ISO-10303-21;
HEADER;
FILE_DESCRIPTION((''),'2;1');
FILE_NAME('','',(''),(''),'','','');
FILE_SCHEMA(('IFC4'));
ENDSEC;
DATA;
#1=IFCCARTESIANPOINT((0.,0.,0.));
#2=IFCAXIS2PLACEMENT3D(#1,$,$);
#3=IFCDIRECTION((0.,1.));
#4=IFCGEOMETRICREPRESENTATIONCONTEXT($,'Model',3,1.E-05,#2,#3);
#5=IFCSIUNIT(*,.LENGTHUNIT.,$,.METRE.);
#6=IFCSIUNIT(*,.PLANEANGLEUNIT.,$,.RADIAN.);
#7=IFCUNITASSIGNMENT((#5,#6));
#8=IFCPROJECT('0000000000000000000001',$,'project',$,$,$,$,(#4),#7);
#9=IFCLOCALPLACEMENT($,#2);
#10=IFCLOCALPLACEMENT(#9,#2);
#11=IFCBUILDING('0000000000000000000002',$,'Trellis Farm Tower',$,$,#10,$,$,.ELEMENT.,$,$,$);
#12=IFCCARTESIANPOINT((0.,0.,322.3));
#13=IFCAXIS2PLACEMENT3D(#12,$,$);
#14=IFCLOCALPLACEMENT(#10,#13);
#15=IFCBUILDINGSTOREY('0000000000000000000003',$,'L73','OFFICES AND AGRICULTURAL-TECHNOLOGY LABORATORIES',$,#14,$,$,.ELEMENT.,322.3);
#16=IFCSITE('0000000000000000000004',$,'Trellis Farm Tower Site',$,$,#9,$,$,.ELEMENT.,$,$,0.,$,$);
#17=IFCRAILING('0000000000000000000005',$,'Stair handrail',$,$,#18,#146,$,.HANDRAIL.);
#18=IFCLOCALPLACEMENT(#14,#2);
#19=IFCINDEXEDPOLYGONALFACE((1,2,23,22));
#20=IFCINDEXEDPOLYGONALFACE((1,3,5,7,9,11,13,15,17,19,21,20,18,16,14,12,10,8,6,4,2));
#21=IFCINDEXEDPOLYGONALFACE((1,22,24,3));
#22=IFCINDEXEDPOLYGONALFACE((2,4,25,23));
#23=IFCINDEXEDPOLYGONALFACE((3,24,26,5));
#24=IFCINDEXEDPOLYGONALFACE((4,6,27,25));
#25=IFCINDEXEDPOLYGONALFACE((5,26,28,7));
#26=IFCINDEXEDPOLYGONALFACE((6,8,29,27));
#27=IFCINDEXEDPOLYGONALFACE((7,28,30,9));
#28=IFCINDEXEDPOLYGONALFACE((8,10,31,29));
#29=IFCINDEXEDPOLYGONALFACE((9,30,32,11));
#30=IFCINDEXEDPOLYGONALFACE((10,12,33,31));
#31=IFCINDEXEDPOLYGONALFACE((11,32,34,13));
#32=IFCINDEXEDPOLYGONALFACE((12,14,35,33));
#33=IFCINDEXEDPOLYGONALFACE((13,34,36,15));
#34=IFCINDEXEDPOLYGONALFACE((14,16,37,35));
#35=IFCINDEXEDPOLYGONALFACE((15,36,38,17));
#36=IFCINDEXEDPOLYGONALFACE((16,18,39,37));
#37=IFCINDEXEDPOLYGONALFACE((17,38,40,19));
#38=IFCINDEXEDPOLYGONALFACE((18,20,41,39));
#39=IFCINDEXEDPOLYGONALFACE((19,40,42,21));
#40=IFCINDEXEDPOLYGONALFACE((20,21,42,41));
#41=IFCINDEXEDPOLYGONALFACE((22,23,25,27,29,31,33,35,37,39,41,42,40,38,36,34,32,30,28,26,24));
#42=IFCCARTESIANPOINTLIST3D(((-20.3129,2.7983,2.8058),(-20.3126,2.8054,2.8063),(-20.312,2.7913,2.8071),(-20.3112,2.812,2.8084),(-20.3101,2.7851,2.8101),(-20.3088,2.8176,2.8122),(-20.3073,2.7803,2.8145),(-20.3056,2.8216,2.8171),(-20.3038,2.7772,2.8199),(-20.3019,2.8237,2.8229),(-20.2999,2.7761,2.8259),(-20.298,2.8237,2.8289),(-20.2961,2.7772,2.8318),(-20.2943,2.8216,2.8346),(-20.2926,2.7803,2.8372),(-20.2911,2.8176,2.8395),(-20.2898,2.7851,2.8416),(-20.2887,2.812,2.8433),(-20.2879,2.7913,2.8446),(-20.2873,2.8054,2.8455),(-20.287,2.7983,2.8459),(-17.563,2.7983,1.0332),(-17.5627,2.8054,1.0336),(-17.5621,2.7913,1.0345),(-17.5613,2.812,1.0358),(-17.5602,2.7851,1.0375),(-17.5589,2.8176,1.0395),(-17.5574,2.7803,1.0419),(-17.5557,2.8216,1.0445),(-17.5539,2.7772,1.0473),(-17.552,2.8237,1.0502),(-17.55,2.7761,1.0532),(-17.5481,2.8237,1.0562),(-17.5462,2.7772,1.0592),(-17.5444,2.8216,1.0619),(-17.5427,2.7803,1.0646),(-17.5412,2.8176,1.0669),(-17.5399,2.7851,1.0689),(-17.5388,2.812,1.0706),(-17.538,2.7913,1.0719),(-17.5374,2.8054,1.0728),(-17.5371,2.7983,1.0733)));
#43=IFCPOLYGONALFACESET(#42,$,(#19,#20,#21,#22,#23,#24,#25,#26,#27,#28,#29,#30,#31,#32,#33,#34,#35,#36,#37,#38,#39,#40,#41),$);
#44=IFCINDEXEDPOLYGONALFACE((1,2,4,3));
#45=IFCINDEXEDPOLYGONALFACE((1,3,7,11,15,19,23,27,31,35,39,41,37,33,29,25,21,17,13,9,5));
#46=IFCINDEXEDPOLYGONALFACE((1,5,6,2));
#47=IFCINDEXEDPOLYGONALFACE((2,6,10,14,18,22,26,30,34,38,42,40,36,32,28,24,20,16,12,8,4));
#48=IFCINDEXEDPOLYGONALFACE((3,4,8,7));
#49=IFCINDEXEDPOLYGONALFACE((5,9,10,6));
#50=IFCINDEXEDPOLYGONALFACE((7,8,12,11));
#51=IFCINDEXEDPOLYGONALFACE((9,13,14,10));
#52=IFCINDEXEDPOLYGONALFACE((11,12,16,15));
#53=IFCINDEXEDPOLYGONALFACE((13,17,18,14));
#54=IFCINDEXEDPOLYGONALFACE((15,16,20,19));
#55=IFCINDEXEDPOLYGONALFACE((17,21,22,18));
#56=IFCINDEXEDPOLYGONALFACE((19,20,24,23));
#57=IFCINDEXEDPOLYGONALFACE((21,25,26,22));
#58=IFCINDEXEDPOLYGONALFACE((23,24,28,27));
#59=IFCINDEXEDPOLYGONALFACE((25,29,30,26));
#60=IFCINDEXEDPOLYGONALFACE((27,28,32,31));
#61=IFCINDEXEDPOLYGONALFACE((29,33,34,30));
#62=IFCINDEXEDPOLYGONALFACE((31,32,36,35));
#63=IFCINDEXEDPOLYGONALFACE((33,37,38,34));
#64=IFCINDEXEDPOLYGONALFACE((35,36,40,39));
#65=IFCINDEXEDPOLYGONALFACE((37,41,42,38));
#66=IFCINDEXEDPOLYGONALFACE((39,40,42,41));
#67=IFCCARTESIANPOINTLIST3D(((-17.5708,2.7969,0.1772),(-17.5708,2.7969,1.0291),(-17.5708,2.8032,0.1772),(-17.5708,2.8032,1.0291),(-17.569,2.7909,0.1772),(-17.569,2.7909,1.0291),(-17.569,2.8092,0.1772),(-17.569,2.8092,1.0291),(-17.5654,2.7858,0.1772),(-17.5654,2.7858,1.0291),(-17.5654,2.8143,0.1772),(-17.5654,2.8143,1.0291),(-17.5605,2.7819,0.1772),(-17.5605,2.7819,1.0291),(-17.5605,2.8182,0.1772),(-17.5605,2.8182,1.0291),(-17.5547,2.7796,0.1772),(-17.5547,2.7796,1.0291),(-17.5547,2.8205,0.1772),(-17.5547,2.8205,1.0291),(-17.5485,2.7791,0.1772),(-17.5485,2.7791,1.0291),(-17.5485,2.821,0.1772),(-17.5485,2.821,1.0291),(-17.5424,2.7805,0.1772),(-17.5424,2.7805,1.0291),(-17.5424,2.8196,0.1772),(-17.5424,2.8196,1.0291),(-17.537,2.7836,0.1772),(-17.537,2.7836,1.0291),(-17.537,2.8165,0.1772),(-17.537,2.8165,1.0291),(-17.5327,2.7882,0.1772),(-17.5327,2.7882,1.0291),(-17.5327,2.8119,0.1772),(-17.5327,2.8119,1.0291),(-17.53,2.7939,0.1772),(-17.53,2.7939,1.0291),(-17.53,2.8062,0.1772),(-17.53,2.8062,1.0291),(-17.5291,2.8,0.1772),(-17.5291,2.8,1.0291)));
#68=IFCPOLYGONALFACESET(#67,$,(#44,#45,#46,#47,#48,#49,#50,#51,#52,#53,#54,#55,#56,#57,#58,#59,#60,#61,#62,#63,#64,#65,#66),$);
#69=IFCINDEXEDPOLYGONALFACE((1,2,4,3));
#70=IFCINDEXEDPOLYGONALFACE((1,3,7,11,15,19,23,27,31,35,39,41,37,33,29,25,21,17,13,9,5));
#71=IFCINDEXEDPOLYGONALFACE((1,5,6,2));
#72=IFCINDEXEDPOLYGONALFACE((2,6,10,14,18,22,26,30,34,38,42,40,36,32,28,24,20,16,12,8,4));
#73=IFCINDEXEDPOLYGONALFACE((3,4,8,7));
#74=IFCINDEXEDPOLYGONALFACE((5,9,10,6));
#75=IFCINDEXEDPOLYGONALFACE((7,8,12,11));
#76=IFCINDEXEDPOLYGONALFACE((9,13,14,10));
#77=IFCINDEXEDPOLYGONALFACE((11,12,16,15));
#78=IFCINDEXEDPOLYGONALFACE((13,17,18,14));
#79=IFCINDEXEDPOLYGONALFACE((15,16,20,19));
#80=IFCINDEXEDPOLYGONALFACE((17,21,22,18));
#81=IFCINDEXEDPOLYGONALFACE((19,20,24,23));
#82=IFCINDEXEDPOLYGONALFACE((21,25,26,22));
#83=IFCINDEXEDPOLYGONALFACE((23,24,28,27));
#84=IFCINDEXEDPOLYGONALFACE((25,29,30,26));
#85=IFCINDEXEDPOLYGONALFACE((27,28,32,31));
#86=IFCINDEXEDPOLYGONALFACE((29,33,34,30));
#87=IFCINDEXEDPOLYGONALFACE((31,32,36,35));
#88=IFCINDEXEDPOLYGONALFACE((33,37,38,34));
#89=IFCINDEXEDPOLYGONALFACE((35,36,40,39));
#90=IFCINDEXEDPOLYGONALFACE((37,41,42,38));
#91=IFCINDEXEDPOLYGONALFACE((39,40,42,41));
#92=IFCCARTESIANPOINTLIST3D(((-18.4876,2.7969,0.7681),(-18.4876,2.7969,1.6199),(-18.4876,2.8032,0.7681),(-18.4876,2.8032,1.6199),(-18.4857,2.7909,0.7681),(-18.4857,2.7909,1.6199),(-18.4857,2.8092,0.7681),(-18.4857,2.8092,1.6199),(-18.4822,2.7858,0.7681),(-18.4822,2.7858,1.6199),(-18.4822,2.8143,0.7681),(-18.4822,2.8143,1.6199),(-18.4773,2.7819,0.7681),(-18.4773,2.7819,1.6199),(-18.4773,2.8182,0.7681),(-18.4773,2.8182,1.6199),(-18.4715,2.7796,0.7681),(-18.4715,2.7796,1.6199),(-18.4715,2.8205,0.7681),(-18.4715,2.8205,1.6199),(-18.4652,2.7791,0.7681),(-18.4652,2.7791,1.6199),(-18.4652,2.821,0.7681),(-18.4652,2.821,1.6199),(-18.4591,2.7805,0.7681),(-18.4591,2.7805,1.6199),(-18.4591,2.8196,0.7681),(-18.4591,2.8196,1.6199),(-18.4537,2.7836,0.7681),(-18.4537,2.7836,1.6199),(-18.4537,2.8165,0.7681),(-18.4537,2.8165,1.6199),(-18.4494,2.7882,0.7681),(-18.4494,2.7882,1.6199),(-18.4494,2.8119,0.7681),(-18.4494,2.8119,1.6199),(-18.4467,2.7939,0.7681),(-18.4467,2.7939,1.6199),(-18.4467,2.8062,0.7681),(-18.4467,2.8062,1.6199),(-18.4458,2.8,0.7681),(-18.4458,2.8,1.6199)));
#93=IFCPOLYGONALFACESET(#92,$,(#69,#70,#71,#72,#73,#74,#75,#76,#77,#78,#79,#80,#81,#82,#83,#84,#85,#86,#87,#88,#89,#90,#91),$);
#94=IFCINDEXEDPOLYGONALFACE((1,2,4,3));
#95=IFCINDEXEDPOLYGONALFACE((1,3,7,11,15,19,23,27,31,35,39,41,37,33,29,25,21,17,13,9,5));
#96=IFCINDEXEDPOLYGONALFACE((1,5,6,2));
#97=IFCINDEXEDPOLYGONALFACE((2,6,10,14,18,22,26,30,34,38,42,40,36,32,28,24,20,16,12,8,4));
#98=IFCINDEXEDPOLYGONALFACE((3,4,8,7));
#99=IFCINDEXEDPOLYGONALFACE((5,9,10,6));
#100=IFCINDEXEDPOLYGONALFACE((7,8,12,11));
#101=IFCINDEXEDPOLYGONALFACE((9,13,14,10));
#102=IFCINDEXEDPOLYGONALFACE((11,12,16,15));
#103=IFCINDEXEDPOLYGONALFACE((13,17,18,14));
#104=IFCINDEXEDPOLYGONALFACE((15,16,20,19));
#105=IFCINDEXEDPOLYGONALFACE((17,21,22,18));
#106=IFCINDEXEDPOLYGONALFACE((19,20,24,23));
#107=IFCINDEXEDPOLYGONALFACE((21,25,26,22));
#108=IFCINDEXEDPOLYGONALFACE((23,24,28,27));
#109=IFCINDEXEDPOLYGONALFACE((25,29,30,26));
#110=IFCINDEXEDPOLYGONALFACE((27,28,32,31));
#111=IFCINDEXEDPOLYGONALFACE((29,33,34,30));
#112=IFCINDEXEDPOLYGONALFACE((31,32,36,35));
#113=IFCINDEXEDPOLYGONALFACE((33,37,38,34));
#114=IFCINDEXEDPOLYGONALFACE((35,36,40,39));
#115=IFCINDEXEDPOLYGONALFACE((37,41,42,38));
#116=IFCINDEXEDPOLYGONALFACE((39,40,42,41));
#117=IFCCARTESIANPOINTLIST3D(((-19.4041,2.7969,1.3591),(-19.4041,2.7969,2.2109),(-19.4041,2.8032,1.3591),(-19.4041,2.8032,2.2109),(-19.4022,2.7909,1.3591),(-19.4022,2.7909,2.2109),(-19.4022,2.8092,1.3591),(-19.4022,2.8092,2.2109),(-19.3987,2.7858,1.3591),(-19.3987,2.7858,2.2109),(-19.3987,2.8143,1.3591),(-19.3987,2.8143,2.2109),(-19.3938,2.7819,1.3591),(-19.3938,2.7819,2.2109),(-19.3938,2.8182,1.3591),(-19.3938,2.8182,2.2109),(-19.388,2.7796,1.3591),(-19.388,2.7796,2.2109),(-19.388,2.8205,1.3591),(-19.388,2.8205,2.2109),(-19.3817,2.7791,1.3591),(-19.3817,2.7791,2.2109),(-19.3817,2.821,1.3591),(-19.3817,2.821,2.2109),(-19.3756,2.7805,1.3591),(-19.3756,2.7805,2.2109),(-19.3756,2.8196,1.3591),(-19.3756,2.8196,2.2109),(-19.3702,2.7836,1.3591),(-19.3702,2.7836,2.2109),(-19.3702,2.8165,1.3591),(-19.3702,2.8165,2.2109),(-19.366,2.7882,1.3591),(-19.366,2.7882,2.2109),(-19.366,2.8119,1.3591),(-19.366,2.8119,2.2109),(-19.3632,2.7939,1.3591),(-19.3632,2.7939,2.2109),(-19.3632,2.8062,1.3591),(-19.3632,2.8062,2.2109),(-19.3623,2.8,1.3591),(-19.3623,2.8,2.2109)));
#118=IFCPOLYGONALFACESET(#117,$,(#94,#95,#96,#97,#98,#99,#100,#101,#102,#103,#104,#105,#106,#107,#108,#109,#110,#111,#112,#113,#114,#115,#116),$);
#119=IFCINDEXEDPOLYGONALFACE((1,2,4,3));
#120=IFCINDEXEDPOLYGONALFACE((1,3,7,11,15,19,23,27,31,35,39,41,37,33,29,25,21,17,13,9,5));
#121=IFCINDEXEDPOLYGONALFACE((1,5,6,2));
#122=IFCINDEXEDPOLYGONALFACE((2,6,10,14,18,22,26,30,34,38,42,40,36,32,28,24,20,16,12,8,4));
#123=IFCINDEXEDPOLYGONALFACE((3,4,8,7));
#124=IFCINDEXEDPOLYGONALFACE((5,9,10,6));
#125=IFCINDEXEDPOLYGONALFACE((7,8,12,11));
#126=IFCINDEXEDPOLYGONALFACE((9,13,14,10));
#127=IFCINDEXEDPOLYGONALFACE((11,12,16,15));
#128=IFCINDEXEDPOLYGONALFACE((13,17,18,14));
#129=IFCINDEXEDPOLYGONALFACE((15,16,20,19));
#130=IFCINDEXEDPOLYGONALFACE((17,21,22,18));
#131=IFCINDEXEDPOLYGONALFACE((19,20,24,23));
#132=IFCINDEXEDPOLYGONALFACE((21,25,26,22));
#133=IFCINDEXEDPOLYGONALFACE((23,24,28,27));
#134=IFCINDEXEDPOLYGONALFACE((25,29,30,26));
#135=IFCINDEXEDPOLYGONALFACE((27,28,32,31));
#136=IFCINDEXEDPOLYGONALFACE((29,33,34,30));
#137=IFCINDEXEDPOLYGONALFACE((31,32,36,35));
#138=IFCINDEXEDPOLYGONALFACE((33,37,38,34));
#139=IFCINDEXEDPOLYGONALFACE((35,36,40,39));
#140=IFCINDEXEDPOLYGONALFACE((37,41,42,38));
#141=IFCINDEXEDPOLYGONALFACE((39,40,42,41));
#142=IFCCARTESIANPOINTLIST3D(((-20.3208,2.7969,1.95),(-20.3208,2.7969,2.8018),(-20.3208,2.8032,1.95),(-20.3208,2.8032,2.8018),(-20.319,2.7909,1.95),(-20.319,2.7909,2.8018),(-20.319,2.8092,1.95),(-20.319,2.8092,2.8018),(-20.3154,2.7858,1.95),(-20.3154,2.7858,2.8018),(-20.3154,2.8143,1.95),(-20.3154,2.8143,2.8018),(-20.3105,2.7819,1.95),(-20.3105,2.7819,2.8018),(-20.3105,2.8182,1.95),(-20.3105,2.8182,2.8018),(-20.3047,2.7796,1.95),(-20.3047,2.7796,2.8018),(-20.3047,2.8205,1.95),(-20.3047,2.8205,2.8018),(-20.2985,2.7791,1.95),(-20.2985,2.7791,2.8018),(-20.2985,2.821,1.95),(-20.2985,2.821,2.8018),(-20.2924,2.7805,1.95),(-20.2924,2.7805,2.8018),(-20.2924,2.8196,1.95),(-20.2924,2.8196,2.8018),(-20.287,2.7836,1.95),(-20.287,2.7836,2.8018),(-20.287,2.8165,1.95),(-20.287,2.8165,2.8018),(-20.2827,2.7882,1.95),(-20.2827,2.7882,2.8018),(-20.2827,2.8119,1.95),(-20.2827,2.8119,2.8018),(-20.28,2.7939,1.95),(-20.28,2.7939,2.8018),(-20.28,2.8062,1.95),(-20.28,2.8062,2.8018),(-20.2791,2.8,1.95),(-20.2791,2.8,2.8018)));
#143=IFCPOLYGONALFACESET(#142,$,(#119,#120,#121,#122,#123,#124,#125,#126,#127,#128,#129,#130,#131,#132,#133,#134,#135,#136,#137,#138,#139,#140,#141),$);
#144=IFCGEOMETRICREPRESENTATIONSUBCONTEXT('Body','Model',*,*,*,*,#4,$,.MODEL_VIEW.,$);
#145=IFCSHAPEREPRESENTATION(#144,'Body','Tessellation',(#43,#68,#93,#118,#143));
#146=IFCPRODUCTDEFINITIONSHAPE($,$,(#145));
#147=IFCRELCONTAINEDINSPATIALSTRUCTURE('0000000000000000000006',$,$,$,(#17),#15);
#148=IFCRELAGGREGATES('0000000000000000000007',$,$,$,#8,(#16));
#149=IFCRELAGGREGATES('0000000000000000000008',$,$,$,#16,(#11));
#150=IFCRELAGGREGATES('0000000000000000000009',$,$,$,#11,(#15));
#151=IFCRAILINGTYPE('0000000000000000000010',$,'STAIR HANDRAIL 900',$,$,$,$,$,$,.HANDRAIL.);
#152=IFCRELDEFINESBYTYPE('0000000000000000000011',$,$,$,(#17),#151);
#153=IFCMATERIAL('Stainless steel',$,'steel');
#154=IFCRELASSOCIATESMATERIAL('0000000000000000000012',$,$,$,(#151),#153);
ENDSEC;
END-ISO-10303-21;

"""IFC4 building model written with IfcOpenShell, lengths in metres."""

from ifc_helpers import new_model, si_unit, direction, frame, origin, origin_2d, place, context, subcontext, project, spatial, circle, extrude, source, transform, mapped, material, type_object, element, save


model = new_model("IFC4")

# Units and contexts
model_context = context("Model", 3, precision=1e-05, world=origin(), true_north=direction((0.0, 1.0)))
body_context = subcontext(model_context, "Body", "Model", "MODEL_VIEW")
ifc_project = project(units=[si_unit("LENGTHUNIT", "METRE"), si_unit("PLANEANGLEUNIT", "RADIAN")], contexts=[model_context])

# Site, building, storey
site_placement = place(None, origin())
site = spatial("IfcSite", under=ifc_project, at=site_placement, Name="Trellis Farm Tower Site", CompositionType="ELEMENT", RefElevation=0.0)
building_placement = place(site_placement, origin())
building = spatial("IfcBuilding", under=site, at=building_placement, Name="Trellis Farm Tower", CompositionType="ELEMENT")
storey_placement = place(building_placement, frame((0.0, 0.0, 322.3)))
storey = spatial("IfcBuildingStorey", under=building, at=storey_placement, Name="L73", Description="OFFICES AND AGRICULTURAL-TECHNOLOGY LABORATORIES", CompositionType="ELEMENT", Elevation=322.3)

# Railing
ifc_material_1 = material(Name="Stainless steel", Category="steel")
railing_type = type_object("IfcRailingType", Name="STAIR HANDRAIL 900", PredefinedType="HANDRAIL", material=ifc_material_1)
shared_shape_1 = source(origin(), body_context, "Body", "SweptSolid", [
    extrude(circle(Radius=0.0239, at=origin_2d()), frame((0.0, 0.0, 0.876), z_axis=(-0.840504, 0.0, 0.541806), x_axis=(0.0, -1.0, 0.0)), (0.0, 0.0, 1.0), 3.2717),
    extrude(circle(Radius=0.021, at=origin_2d()), origin(), (0.0, 0.0, 1.0), 0.8518),
    extrude(circle(Radius=0.021, at=origin_2d()), frame((-0.9167, 0.0, 0.5908)), (0.0, 0.0, 1.0), 0.8518),
    extrude(circle(Radius=0.021, at=origin_2d()), frame((-1.8333, 0.0, 1.1819)), (0.0, 0.0, 1.0), 0.8518),
    extrude(circle(Radius=0.021, at=origin_2d()), frame((-2.75, 0.0, 1.7727)), (0.0, 0.0, 1.0), 0.8518),
])
for number, where, name in (
    (1, (-17.55, 2.8, 0.1772), "Stair handrail"),
):
    element("IfcRailing", number, at=place(storey_placement, frame(where)), inside=storey, type_object=railing_type, Name=name, PredefinedType="HANDRAIL", context=body_context, shape_type="MappedRepresentation", body=[
        mapped(shared_shape_1, transform((0.0, 0.0, 0.0))),
    ])

save(model, "model.ifc")
